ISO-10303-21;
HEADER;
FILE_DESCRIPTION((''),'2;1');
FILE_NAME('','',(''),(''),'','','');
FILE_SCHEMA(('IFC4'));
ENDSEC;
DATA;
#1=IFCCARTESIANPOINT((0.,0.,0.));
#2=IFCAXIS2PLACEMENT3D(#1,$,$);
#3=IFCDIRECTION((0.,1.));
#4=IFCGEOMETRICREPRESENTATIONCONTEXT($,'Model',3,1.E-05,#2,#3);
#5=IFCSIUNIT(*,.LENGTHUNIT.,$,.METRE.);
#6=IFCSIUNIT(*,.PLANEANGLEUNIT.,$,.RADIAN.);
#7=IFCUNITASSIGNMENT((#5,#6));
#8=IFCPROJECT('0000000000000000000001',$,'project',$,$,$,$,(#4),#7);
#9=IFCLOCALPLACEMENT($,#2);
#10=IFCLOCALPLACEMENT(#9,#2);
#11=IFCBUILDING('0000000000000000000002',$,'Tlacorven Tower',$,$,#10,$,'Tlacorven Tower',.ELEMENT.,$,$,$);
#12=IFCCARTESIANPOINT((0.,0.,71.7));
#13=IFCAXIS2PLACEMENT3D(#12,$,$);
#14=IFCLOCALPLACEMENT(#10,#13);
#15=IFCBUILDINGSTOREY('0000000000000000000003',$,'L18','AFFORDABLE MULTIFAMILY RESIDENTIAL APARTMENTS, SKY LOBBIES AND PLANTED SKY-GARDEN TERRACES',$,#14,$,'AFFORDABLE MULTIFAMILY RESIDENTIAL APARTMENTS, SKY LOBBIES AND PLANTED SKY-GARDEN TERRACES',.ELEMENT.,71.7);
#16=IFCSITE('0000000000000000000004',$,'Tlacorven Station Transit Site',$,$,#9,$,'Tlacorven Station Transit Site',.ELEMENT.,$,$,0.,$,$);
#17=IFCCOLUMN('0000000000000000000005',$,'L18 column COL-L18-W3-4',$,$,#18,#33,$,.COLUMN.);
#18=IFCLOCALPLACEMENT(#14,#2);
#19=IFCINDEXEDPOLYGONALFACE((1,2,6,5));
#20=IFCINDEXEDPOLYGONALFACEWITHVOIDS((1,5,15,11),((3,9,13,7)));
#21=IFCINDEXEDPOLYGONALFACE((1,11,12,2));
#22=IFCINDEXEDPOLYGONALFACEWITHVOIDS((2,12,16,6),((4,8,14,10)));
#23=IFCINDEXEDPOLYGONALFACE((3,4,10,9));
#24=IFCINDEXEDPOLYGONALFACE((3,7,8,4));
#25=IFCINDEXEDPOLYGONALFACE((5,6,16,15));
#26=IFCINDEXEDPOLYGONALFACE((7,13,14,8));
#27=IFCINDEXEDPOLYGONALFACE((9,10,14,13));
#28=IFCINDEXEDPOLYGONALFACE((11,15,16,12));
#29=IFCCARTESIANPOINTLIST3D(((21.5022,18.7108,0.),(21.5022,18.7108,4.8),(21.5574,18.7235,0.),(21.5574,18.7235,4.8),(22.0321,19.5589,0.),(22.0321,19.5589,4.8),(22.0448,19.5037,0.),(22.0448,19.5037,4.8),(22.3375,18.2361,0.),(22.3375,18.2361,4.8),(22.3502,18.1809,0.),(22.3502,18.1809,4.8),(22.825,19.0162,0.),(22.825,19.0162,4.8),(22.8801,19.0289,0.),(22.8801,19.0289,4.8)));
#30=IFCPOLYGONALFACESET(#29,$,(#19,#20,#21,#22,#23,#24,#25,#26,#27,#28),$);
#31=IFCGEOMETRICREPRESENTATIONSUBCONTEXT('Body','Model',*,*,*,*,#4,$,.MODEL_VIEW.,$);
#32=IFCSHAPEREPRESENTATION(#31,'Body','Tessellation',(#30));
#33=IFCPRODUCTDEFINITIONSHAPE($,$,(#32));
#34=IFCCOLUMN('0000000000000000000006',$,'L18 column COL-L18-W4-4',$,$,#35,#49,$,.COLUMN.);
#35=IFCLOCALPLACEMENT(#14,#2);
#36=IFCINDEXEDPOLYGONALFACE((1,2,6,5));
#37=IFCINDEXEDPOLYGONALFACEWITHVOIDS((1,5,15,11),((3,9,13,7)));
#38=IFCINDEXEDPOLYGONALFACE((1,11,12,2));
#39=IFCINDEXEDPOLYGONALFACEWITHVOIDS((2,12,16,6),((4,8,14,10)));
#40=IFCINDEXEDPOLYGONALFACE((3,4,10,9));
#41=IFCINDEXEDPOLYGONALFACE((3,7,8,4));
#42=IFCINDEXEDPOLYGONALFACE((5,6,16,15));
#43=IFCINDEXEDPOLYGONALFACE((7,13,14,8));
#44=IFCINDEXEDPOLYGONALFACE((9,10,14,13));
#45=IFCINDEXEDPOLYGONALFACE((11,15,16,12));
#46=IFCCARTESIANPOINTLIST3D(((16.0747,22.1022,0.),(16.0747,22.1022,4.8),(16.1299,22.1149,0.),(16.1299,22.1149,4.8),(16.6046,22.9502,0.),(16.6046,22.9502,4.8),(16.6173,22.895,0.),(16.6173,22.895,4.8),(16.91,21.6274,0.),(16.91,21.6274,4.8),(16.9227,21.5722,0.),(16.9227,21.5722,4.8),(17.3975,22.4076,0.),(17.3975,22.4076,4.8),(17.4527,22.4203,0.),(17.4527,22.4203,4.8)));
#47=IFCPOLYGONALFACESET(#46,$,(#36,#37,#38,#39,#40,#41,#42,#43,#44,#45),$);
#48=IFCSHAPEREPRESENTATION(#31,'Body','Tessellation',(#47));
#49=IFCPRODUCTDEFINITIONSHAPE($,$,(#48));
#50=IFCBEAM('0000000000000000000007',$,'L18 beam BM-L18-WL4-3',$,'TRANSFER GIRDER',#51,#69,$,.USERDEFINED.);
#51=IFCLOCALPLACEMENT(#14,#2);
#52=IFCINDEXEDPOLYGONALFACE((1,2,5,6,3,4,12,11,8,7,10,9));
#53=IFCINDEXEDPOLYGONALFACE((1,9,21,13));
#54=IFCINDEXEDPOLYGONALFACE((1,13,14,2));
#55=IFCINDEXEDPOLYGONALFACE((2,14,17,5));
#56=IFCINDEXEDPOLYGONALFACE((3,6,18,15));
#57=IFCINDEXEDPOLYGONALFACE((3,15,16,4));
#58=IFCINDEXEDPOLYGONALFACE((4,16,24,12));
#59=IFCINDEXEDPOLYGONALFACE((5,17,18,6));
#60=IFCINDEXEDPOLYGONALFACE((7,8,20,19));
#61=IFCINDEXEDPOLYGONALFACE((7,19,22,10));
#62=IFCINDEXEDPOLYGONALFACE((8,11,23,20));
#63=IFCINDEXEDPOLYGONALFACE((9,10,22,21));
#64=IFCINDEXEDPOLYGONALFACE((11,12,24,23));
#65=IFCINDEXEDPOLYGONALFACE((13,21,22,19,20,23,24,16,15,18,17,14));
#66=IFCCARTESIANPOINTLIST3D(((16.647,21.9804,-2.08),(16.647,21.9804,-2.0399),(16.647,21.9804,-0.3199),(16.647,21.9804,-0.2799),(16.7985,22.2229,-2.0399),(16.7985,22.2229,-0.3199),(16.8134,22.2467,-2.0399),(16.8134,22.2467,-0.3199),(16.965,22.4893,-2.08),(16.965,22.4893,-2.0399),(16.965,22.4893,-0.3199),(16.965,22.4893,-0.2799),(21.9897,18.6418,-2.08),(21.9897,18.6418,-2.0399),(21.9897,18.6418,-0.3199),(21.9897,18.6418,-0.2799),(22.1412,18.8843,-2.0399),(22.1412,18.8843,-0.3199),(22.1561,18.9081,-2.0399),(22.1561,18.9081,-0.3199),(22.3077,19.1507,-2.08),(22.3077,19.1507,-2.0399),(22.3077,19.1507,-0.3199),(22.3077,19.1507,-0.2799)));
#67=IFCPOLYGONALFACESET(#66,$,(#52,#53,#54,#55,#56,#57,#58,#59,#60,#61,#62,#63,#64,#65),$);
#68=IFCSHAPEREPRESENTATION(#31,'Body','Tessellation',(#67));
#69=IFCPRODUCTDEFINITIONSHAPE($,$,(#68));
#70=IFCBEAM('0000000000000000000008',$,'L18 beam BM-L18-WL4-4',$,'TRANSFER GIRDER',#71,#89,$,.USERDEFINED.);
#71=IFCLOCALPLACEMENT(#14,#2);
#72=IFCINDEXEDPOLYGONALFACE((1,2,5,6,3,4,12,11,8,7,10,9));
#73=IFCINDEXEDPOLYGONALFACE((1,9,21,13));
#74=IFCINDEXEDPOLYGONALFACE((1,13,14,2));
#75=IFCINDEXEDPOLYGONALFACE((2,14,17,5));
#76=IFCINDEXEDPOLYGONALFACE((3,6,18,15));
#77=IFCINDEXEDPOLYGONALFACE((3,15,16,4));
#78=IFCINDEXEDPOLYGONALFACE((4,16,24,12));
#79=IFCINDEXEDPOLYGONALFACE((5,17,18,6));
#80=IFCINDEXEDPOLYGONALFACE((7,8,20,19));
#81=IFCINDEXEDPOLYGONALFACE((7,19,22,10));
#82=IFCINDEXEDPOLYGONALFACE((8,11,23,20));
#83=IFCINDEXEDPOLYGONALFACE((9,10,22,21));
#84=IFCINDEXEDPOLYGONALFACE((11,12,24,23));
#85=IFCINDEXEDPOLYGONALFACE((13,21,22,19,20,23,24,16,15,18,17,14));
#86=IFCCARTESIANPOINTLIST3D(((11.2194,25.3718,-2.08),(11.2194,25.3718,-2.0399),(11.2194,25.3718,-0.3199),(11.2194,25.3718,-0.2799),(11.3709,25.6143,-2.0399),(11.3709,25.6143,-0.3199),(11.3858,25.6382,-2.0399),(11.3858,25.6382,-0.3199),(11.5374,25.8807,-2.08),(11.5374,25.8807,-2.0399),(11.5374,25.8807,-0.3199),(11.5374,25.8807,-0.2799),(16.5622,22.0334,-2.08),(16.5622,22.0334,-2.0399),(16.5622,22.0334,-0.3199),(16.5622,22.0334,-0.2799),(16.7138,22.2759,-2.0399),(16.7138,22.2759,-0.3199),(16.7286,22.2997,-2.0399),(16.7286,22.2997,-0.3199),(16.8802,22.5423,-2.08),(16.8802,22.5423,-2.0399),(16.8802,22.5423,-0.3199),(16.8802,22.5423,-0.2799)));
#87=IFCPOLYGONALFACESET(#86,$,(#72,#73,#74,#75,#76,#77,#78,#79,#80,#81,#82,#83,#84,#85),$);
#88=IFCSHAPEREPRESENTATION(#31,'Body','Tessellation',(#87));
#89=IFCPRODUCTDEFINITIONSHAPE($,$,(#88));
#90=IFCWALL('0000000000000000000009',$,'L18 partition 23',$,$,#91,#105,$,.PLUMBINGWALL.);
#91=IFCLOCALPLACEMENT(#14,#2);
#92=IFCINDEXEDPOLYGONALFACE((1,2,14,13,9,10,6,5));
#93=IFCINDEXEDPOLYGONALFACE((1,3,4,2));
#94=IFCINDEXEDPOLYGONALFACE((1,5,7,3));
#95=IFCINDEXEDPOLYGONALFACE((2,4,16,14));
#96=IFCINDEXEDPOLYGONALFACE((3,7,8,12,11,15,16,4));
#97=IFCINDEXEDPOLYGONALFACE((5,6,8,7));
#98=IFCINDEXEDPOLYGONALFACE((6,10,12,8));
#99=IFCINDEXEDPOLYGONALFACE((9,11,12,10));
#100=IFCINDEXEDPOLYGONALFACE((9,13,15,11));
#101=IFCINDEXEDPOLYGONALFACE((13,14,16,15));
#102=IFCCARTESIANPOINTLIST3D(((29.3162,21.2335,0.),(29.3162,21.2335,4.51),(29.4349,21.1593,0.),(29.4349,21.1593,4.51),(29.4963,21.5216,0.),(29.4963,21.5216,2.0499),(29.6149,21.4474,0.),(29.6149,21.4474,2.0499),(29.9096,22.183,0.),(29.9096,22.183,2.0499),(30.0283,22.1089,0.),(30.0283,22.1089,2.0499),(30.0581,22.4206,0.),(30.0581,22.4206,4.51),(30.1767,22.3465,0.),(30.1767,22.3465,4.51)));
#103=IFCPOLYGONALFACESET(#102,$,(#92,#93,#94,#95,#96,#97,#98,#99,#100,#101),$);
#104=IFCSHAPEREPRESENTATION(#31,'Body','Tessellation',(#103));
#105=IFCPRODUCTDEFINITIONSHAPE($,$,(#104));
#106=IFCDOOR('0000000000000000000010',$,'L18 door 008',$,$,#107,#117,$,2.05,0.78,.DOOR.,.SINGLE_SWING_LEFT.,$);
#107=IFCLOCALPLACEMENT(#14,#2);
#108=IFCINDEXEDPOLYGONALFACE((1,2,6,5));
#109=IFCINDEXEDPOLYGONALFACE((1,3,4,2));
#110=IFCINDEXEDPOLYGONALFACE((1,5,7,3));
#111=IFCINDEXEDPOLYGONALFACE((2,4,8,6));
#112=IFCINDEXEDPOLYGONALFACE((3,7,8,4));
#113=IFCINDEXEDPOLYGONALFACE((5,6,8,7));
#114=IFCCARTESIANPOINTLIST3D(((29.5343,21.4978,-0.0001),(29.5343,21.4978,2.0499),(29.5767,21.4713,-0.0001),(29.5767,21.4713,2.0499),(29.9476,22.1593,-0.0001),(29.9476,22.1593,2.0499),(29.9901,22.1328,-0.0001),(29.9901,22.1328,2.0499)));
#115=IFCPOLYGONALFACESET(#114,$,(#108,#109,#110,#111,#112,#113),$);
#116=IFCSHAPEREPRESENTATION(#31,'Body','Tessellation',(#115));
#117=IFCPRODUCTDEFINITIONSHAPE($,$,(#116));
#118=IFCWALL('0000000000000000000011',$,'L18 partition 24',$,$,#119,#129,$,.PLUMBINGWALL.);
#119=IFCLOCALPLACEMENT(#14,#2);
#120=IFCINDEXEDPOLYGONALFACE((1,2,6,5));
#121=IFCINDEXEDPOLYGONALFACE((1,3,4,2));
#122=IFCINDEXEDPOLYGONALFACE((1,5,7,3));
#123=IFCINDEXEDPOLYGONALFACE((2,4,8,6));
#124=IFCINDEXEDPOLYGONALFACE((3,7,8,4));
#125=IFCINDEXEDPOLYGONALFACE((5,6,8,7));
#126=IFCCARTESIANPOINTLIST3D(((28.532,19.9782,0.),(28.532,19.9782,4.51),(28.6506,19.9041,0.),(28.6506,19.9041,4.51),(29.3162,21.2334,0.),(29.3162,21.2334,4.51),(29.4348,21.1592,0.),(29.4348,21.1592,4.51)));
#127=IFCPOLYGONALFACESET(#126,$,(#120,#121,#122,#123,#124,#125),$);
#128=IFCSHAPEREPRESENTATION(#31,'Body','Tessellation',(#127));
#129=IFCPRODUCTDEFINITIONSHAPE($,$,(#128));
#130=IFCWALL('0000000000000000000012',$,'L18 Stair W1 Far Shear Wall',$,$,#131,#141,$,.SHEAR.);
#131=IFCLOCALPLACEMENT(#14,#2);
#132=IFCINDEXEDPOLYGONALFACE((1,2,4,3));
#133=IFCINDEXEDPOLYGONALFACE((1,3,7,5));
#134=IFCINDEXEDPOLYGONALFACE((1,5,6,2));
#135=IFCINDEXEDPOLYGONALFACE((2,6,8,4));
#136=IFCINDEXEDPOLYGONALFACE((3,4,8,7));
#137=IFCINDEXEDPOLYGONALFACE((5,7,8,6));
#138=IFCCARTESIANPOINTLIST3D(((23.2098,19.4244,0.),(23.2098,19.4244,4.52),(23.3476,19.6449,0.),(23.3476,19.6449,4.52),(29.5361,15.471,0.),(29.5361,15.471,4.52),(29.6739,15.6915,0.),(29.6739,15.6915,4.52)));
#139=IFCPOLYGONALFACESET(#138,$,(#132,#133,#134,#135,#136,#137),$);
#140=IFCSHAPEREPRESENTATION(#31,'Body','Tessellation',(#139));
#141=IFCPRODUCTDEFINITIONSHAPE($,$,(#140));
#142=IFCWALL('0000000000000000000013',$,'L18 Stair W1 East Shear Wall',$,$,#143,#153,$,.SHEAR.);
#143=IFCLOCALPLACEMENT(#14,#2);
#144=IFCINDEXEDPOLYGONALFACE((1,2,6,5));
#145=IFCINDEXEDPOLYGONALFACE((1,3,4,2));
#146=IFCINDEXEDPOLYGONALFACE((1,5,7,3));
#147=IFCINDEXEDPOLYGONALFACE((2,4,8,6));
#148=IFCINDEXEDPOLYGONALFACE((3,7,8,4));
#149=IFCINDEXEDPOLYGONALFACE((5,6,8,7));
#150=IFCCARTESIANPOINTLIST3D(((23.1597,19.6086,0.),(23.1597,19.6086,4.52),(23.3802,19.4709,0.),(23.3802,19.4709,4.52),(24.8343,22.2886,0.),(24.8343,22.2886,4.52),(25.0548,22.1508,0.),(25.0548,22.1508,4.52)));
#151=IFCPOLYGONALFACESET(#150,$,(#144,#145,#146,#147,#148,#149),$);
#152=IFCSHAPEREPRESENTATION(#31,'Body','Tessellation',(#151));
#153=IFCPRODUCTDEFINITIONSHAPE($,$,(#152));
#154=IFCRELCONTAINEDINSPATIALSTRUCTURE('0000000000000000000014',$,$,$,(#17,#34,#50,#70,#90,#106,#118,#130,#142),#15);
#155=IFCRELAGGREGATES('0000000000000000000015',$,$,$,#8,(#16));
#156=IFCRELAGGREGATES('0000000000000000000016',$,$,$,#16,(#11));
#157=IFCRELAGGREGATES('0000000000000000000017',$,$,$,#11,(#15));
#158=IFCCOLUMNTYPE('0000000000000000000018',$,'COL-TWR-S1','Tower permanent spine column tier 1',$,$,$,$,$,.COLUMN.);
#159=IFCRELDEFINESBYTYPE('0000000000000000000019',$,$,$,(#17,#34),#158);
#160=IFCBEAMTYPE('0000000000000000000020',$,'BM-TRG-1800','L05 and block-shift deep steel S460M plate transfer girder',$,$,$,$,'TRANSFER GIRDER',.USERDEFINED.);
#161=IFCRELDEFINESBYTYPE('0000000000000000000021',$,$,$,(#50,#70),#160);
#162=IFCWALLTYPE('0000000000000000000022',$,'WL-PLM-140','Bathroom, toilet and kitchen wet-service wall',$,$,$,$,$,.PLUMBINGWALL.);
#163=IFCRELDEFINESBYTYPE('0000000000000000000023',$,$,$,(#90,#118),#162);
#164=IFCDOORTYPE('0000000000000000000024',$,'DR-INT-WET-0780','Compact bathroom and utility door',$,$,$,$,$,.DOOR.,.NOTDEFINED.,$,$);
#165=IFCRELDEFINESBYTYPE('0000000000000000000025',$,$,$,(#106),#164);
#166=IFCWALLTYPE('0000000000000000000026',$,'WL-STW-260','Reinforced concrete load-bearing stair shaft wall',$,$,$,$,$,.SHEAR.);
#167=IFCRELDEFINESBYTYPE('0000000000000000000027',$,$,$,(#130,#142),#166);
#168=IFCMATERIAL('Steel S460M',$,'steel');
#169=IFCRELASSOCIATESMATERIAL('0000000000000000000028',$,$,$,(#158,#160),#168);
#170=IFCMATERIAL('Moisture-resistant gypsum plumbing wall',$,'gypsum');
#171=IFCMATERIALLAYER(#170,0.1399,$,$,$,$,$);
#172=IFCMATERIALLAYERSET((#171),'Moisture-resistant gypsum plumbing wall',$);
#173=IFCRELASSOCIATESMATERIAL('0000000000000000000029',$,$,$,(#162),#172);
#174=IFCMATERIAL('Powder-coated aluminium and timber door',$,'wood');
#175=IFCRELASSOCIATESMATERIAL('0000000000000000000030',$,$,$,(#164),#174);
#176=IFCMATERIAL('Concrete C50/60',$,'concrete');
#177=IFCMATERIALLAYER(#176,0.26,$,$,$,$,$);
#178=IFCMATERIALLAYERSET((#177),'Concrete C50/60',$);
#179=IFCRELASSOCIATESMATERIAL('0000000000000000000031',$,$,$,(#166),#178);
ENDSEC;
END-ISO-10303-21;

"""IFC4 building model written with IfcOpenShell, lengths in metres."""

from ifc_helpers import new_model, si_unit, direction, frame, frame_2d, origin, origin_2d, place, context, subcontext, project, spatial, rectangle, hollow_rectangle, i_section, extrude, source, transform, mapped, material, layer, layer_set, material_profile, profile_set, type_object, element, fill, save


model = new_model("IFC4")

# Units and contexts
model_context = context("Model", 3, precision=1e-05, world=origin(), true_north=direction((0.0, 1.0)))
body_context = subcontext(model_context, "Body", "Model", "MODEL_VIEW")
ifc_project = project(units=[si_unit("LENGTHUNIT", "METRE"), si_unit("PLANEANGLEUNIT", "RADIAN")], contexts=[model_context])

# Site, building, storey
site_placement = place(None, origin())
site = spatial("IfcSite", under=ifc_project, at=site_placement, Name="Tlacorven Station Transit Site", LongName="Tlacorven Station Transit Site", CompositionType="ELEMENT", RefElevation=0.0)
building_placement = place(site_placement, origin())
building = spatial("IfcBuilding", under=site, at=building_placement, Name="Tlacorven Tower", LongName="Tlacorven Tower", CompositionType="ELEMENT")
storey_placement = place(building_placement, frame((0.0, 0.0, 71.7)))
storey = spatial("IfcBuildingStorey", under=building, at=storey_placement, Name="L18", Description="AFFORDABLE MULTIFAMILY RESIDENTIAL APARTMENTS, SKY LOBBIES AND PLANTED SKY-GARDEN TERRACES", LongName="AFFORDABLE MULTIFAMILY RESIDENTIAL APARTMENTS, SKY LOBBIES AND PLANTED SKY-GARDEN TERRACES", CompositionType="ELEMENT", Elevation=71.7)

# Columns
ifc_material_1 = material(Name="Steel S460M", Category="steel")
ifc_material_profile_1 = material_profile(ifc_material_1, hollow_rectangle(XDim=1.0, YDim=1.0, WallThickness=0.04, at=origin_2d()), Name="BOX 1000X1000X40")
ifc_profile_set_1 = profile_set([ifc_material_profile_1], Name="Steel S460M")
column_type = type_object("IfcColumnType", Name="COL-TWR-S1", Description="Tower permanent spine column tier 1", PredefinedType="COLUMN", material=ifc_profile_set_1)
shared_shape_1 = source(origin(), body_context, "Body", "SweptSolid", [
    extrude(hollow_rectangle(XDim=1.0, YDim=1.0, WallThickness=0.04, at=origin_2d()), origin(), (0.0, 0.0, 1.0), 4.8),
])
for number, where, z_axis, x_axis, name in (
    (1, (22.1912, 18.8699, 0.0), (0.0, 0.0, 1.0), (-0.848048, 0.529919, 0.0), "L18 column COL-L18-W3-4"),
    (2, (16.7637, 22.2612, 0.0), (0.0, 0.0, 1.0), (-0.848048, 0.529919, 0.0), "L18 column COL-L18-W4-4"),
):
    element("IfcColumn", number, at=place(storey_placement, frame(where, z_axis=z_axis, x_axis=x_axis)), inside=storey, type_object=column_type, Name=name, PredefinedType="COLUMN", context=body_context, shape_type="MappedRepresentation", body=[
        mapped(shared_shape_1, transform((0.0, 0.0, 0.0), scale=1.0)),
    ])

# Beams
ifc_material_profile_2 = material_profile(ifc_material_1, i_section(OverallWidth=0.6001, OverallDepth=1.8, WebThickness=0.0281, FlangeThickness=0.04, at=origin_2d()), Name="PG 1800X600X28X40")
ifc_profile_set_2 = profile_set([ifc_material_profile_2], Name="Steel S460M")
beam_type = type_object("IfcBeamType", Name="BM-TRG-1800", Description="L05 and block-shift deep steel S460M plate transfer girder", ElementType="TRANSFER GIRDER", PredefinedType="USERDEFINED", material=ifc_profile_set_2)
shared_shape_2 = source(origin(), body_context, "Body", "SweptSolid", [
    extrude(i_section(OverallWidth=0.6001, OverallDepth=1.8, WebThickness=0.0281, FlangeThickness=0.04, at=origin_2d()), origin(), (0.0, 0.0, 1.0), 6.3),
])
for number, where, z_axis, x_axis, name in (
    (3, (22.1487, 18.8962, -1.1799), (-0.848042, 0.529929, 0.0), (-0.529929, -0.848042, 0.0), "L18 beam BM-L18-WL4-3"),
    (4, (16.7212, 22.2878, -1.1799), (-0.848059, 0.529901, 0.0), (-0.529901, -0.848059, 0.0), "L18 beam BM-L18-WL4-4"),
):
    element("IfcBeam", number, at=place(storey_placement, frame(where, z_axis=z_axis, x_axis=x_axis)), inside=storey, type_object=beam_type, Name=name, ObjectType="TRANSFER GIRDER", PredefinedType="USERDEFINED", context=body_context, shape_type="MappedRepresentation", body=[
        mapped(shared_shape_2, transform((0.0, 0.0, 0.0), scale=1.0)),
    ])

# Wall, opening, door
ifc_material_2 = material(Name="Moisture-resistant gypsum plumbing wall", Category="gypsum")
ifc_layer_1 = layer(ifc_material_2, 0.1399)
ifc_layer_set_1 = layer_set([ifc_layer_1], Name="Moisture-resistant gypsum plumbing wall")
wall_type_1 = type_object("IfcWallType", Name="WL-PLM-140", Description="Bathroom, toilet and kitchen wet-service wall", PredefinedType="PLUMBINGWALL", material=ifc_layer_set_1)
wall_1_placement = place(storey_placement, frame((30.1174, 22.3835, 0.0), z_axis=(0.0, 0.0, 1.0), x_axis=(-0.529952, -0.848028, 0.0)))
wall_1 = element("IfcWall", 5, at=wall_1_placement, inside=storey, type_object=wall_type_1, Name="L18 partition 23", PredefinedType="PLUMBINGWALL", context=body_context, shape_type="SweptSolid", body=[
    extrude(rectangle(XDim=1.3999, YDim=0.1399, at=frame_2d((0.7, 0.0))), origin(), (0.0, 0.0, 1.0), 4.51),
])
opening_placement = place(wall_1_placement, frame((0.28, 0.0, 0.0)))
opening = element("IfcOpeningElement", 6, at=opening_placement, cuts=wall_1, PredefinedType="OPENING", context=body_context, shape_type="SweptSolid", body=[
    extrude(rectangle(XDim=0.78, YDim=2.05, at=frame_2d((0.3901, 1.0249))), frame((0.0, 0.0801, 0.0), z_axis=(0.0, -1.0, 0.0), x_axis=(1.0, 0.0, 0.0)), (0.0, 0.0, 1.0), 0.1599),
])
ifc_material_3 = material(Name="Powder-coated aluminium and timber door", Category="wood")
door_type = type_object("IfcDoorType", Name="DR-INT-WET-0780", Description="Compact bathroom and utility door", OperationType="NOTDEFINED", PredefinedType="DOOR", material=ifc_material_3)
shared_shape_3 = source(origin(), body_context, "Body", "SweptSolid", [
    extrude(rectangle(XDim=0.78, YDim=2.05, at=frame_2d((0.3901, 1.0249))), frame((0.0, 0.0249, 0.0), z_axis=(0.0, -1.0, 0.0), x_axis=(1.0, 0.0, 0.0)), (0.0, 0.0, 1.0), 0.05),
])
door_placement = place(opening_placement, origin())
door = element("IfcDoor", 7, at=door_placement, inside=storey, type_object=door_type, Name="L18 door 008", OperationType="SINGLE_SWING_LEFT", OverallHeight=2.05, OverallWidth=0.78, PredefinedType="DOOR", context=body_context, shape_type="MappedRepresentation", body=[
    mapped(shared_shape_3, transform((0.0, 0.0, 0.0), scale=1.0)),
])
fill(opening, door)

# Walls
wall_2_placement = place(storey_placement, frame((29.3755, 21.1963, 0.0), z_axis=(0.0, 0.0, 1.0), x_axis=(-0.529865, -0.848082, 0.0)))
element("IfcWall", 8, at=wall_2_placement, inside=storey, type_object=wall_type_1, Name="L18 partition 24", PredefinedType="PLUMBINGWALL", context=body_context, shape_type="SweptSolid", body=[
    extrude(rectangle(XDim=1.48, YDim=0.1399, at=frame_2d((0.74, 0.0))), origin(), (0.0, 0.0, 1.0), 4.51),
])
ifc_material_4 = material(Name="Concrete C50/60", Category="concrete")
ifc_layer_2 = layer(ifc_material_4, 0.26)
ifc_layer_set_2 = layer_set([ifc_layer_2], Name="Concrete C50/60")
wall_type_2 = type_object("IfcWallType", Name="WL-STW-260", Description="Reinforced concrete load-bearing stair shaft wall", PredefinedType="SHEAR", material=ifc_layer_set_2)
wall_3_placement = place(storey_placement, frame((29.605, 15.5813, 0.0), z_axis=(0.0, 0.0, 1.0), x_axis=(-0.848037, 0.529937, 0.0)))
element("IfcWall", 9, at=wall_3_placement, inside=storey, type_object=wall_type_2, Name="L18 Stair W1 Far Shear Wall", PredefinedType="SHEAR", context=body_context, shape_type="SweptSolid", body=[
    extrude(rectangle(XDim=7.46, YDim=0.26, at=frame_2d((3.73, 0.0))), origin(), (0.0, 0.0, 1.0), 4.52),
])
wall_4_placement = place(storey_placement, frame((24.9446, 22.2197, 0.0), z_axis=(0.0, 0.0, 1.0), x_axis=(-0.529909, -0.848055, 0.0)))
element("IfcWall", 10, at=wall_4_placement, inside=storey, type_object=wall_type_2, Name="L18 Stair W1 East Shear Wall", PredefinedType="SHEAR", context=body_context, shape_type="SweptSolid", body=[
    extrude(rectangle(XDim=3.1602, YDim=0.26, at=frame_2d((1.5801, 0.0))), origin(), (0.0, 0.0, 1.0), 4.52),
])

save(model, "model.ifc")
